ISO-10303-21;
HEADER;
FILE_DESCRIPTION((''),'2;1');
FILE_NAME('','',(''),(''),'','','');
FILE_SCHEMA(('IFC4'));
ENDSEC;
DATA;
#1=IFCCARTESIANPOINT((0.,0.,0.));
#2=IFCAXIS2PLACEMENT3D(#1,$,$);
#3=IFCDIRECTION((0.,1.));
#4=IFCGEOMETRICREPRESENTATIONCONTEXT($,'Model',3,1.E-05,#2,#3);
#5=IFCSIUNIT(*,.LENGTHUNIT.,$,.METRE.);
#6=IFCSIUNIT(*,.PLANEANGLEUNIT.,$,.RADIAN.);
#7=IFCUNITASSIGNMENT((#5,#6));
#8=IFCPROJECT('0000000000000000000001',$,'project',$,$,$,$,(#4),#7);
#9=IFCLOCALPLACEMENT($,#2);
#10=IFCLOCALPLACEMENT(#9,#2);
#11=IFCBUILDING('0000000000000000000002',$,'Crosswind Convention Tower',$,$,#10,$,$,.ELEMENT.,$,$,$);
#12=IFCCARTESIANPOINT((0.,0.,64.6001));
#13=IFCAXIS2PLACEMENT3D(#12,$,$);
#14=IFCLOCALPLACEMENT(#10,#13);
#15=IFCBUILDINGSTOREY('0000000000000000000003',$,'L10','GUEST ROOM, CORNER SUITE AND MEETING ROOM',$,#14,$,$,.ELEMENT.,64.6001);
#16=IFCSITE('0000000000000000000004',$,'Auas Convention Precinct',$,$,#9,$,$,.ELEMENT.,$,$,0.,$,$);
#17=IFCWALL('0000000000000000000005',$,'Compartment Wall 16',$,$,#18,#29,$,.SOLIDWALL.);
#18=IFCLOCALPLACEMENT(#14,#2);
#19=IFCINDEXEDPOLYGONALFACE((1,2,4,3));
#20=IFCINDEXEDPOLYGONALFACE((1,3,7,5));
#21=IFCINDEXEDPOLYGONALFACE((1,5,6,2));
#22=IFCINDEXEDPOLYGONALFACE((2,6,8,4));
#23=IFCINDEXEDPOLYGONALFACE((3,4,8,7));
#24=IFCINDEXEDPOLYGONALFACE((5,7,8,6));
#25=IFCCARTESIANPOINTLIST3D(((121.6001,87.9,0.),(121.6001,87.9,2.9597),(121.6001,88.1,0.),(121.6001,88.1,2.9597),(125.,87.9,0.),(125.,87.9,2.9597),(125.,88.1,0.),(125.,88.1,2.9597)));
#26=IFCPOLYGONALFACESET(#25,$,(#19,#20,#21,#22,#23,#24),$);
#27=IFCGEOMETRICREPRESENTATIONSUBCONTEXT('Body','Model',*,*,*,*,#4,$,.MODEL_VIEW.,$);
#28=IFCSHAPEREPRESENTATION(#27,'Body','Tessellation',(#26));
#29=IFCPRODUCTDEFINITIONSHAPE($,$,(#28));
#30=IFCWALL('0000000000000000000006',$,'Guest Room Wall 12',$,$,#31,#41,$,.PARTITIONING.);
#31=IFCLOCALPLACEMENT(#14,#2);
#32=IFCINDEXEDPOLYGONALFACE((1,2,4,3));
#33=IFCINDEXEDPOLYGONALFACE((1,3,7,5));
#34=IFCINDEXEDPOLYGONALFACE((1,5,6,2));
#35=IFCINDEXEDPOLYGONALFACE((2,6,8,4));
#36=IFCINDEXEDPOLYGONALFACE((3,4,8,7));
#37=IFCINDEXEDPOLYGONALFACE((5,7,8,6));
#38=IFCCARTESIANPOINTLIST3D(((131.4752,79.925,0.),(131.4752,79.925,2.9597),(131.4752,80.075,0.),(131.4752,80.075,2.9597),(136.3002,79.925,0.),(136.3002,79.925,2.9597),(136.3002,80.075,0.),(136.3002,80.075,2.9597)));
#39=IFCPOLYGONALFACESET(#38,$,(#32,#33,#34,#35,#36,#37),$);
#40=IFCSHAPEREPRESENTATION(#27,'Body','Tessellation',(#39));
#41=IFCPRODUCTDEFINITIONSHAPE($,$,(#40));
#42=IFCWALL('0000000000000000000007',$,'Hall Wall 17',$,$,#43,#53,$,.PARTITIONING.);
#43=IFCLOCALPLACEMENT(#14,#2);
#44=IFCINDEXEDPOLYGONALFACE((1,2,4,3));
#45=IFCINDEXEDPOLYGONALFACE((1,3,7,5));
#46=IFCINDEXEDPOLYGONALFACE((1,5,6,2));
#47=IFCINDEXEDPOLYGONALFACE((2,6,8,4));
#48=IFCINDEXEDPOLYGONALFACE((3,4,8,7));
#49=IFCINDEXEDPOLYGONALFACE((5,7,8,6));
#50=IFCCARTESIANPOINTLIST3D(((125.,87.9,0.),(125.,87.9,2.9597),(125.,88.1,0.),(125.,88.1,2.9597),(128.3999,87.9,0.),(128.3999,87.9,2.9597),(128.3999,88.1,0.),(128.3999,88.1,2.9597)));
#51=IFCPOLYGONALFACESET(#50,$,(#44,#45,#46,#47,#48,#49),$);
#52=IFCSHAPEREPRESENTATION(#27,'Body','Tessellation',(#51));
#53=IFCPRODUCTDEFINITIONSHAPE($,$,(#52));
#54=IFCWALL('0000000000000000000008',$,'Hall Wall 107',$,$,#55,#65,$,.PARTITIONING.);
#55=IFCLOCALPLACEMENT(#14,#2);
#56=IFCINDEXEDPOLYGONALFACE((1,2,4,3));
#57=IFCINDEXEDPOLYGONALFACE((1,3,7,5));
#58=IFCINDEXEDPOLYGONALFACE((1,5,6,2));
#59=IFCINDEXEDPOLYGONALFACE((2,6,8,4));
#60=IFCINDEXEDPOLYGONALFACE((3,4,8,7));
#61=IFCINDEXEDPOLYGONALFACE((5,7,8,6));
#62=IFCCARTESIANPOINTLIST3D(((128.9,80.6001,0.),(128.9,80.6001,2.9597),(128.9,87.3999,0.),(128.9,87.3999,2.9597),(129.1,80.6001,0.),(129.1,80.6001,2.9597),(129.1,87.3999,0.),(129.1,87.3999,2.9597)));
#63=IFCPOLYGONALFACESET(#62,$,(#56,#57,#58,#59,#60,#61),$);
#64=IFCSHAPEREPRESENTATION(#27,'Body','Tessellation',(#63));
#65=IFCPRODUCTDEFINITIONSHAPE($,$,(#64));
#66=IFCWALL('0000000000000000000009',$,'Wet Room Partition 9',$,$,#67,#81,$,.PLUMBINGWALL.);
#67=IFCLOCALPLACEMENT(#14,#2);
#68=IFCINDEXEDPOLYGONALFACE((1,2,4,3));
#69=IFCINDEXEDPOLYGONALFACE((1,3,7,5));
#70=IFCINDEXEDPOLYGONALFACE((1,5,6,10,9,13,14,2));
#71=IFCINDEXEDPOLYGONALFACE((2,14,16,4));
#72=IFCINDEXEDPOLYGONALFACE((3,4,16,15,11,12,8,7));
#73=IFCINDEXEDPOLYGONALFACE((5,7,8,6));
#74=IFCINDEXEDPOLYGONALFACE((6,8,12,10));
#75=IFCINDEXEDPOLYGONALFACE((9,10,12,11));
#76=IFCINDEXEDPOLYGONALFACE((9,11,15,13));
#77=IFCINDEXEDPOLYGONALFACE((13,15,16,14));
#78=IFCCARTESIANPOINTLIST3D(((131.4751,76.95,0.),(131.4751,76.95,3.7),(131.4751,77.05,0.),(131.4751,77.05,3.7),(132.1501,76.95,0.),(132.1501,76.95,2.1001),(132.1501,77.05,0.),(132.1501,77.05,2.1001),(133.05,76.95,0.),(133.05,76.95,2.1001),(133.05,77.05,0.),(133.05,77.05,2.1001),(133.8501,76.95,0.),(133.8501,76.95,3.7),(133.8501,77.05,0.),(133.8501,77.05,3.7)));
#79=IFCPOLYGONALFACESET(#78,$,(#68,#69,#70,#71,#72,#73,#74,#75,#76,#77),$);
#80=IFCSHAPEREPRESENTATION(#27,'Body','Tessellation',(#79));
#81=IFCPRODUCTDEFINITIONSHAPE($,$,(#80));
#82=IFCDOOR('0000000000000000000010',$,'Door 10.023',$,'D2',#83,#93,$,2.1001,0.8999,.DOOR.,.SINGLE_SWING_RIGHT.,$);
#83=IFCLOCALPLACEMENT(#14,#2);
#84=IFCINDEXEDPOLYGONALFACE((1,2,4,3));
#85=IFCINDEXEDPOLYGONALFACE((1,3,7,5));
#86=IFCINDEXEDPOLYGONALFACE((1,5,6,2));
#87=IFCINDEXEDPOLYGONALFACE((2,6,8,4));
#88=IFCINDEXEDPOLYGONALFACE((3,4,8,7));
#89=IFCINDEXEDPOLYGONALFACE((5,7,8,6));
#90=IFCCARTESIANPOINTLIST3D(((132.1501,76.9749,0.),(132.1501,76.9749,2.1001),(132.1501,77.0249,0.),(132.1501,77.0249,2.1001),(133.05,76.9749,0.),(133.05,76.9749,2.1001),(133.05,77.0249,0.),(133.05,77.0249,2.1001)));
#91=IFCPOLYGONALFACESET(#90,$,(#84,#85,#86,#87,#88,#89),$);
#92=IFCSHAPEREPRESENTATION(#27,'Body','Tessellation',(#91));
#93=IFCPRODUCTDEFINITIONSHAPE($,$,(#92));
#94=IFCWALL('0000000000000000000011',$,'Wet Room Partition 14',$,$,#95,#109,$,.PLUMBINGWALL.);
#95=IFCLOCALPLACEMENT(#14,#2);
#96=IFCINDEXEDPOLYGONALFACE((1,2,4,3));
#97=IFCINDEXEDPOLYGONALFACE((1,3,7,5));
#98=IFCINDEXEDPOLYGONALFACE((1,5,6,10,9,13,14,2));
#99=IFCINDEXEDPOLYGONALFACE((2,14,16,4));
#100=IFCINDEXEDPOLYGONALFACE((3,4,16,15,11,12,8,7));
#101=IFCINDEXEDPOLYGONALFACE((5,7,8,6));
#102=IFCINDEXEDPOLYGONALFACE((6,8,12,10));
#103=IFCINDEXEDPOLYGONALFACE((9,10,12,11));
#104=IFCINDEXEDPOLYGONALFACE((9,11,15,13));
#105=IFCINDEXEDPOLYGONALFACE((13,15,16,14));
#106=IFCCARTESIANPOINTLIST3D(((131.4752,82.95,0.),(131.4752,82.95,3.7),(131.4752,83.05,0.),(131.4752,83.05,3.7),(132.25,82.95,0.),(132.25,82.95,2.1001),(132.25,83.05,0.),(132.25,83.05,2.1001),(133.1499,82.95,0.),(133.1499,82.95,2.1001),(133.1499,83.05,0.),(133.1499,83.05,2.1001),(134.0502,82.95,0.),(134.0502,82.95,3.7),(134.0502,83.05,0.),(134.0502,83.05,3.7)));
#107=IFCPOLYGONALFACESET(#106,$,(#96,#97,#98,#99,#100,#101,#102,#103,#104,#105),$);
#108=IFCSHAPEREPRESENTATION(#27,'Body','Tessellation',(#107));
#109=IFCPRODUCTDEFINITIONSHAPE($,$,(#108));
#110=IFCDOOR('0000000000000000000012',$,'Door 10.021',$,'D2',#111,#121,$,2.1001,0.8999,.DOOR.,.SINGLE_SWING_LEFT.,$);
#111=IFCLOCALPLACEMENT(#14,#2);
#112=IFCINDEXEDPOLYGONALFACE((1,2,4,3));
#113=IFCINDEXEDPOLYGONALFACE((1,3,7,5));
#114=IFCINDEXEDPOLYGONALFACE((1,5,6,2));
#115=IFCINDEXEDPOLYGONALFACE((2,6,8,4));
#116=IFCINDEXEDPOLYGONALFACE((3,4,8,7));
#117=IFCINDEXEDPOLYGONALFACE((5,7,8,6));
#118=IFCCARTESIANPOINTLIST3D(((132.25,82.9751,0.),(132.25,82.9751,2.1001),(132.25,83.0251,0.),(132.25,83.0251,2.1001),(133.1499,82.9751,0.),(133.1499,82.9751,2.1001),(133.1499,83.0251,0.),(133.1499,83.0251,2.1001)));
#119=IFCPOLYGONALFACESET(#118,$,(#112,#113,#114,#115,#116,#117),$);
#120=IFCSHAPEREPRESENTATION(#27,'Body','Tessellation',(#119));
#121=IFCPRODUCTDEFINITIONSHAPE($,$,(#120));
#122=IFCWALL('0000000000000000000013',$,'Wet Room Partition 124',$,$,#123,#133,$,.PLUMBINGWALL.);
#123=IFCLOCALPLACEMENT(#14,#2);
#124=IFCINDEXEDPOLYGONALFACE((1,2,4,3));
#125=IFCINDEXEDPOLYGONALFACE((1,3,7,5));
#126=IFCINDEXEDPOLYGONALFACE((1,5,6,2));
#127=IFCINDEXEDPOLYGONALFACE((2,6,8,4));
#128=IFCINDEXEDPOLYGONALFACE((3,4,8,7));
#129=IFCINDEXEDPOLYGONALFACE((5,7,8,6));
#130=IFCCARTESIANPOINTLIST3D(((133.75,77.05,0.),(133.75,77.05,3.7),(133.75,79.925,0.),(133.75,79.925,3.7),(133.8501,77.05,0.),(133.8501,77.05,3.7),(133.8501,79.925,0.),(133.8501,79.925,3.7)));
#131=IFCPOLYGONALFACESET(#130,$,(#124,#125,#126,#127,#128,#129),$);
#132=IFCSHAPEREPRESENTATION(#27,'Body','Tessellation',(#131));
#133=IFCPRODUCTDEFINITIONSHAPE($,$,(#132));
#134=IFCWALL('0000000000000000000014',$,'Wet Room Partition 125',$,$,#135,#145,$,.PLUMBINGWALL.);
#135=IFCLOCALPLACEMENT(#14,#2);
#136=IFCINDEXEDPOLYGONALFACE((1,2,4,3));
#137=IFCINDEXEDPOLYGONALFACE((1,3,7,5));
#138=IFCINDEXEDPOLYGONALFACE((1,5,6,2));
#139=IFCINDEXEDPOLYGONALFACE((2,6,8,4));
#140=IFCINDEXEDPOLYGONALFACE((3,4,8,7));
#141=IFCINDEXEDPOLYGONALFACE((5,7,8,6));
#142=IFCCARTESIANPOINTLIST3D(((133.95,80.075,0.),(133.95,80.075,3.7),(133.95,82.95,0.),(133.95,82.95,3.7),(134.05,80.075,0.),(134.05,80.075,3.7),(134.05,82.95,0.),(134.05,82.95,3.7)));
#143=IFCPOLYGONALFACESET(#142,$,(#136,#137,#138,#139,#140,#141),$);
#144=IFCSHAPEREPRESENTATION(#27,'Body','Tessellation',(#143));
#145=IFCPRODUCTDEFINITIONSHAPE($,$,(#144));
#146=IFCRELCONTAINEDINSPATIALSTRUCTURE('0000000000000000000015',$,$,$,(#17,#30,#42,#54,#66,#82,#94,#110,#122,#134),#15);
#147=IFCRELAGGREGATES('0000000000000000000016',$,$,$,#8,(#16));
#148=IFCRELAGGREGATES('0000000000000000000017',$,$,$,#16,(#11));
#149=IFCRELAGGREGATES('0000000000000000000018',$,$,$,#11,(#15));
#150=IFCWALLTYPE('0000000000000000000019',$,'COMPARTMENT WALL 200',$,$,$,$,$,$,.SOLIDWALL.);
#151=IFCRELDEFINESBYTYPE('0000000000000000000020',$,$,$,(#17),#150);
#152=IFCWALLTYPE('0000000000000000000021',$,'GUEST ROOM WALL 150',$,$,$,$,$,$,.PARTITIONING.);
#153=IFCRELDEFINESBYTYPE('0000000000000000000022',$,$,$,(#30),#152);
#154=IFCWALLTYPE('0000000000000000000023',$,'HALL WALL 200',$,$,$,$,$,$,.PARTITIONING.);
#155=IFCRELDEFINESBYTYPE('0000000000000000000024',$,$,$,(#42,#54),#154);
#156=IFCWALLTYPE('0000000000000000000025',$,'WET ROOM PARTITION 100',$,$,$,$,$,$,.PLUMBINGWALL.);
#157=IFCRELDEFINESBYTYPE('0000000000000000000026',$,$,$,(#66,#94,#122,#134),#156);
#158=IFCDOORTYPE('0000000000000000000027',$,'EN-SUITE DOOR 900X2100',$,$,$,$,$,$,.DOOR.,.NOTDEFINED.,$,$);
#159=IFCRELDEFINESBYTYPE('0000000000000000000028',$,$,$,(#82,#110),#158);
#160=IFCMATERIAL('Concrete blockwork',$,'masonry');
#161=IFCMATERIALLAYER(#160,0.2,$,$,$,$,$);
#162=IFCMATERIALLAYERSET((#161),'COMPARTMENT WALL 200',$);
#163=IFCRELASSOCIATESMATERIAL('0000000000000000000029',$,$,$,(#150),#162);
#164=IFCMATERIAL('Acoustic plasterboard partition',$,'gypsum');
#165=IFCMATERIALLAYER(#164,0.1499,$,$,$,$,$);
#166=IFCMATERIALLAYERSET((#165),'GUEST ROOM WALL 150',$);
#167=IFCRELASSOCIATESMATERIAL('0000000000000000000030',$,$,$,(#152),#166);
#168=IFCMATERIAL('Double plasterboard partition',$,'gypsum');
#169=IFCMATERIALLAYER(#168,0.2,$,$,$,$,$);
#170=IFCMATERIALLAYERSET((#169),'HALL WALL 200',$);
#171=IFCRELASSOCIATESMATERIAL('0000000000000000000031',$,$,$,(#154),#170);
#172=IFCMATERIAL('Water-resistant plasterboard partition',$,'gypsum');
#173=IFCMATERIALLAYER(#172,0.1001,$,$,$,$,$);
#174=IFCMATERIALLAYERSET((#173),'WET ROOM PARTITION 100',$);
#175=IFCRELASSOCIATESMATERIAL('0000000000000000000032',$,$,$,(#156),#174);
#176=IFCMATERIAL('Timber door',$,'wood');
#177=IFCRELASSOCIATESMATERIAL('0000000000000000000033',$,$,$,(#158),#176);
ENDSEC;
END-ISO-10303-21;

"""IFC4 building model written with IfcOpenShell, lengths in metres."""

from ifc_helpers import new_model, si_unit, direction, frame, frame_2d, origin, place, context, subcontext, project, spatial, rectangle, extrude, material, layer, layer_set, type_object, element, fill, save


model = new_model("IFC4")

# Units and contexts
model_context = context("Model", 3, precision=1e-05, world=origin(), true_north=direction((0.0, 1.0)))
body_context = subcontext(model_context, "Body", "Model", "MODEL_VIEW")
ifc_project = project(units=[si_unit("LENGTHUNIT", "METRE"), si_unit("PLANEANGLEUNIT", "RADIAN")], contexts=[model_context])

# Site, building, storey
site_placement = place(None, origin())
site = spatial("IfcSite", under=ifc_project, at=site_placement, Name="Auas Convention Precinct", CompositionType="ELEMENT", RefElevation=0.0)
building_placement = place(site_placement, origin())
building = spatial("IfcBuilding", under=site, at=building_placement, Name="Crosswind Convention Tower", CompositionType="ELEMENT")
storey_placement = place(building_placement, frame((0.0, 0.0, 64.6001)))
storey = spatial("IfcBuildingStorey", under=building, at=storey_placement, Name="L10", Description="GUEST ROOM, CORNER SUITE AND MEETING ROOM", CompositionType="ELEMENT", Elevation=64.6001)

# Walls
ifc_material_1 = material(Name="Concrete blockwork", Category="masonry")
ifc_layer_1 = layer(ifc_material_1, 0.2)
ifc_layer_set_1 = layer_set([ifc_layer_1], Name="COMPARTMENT WALL 200")
wall_type_1 = type_object("IfcWallType", Name="COMPARTMENT WALL 200", PredefinedType="SOLIDWALL", material=ifc_layer_set_1)
wall_1_placement = place(storey_placement, frame((121.6001, 88.0, 0.0), z_axis=(0.0, 0.0, 1.0), x_axis=(1.0, 0.0, 0.0)))
element("IfcWall", 1, at=wall_1_placement, inside=storey, type_object=wall_type_1, Name="Compartment Wall 16", PredefinedType="SOLIDWALL", context=body_context, shape_type="SweptSolid", body=[
    extrude(rectangle(XDim=3.3999, YDim=0.2, at=frame_2d((1.7, 0.0))), origin(), (0.0, 0.0, 1.0), 2.9597),
])
ifc_material_2 = material(Name="Acoustic plasterboard partition", Category="gypsum")
ifc_layer_2 = layer(ifc_material_2, 0.1499)
ifc_layer_set_2 = layer_set([ifc_layer_2], Name="GUEST ROOM WALL 150")
wall_type_2 = type_object("IfcWallType", Name="GUEST ROOM WALL 150", PredefinedType="PARTITIONING", material=ifc_layer_set_2)
wall_2_placement = place(storey_placement, frame((131.4751, 80.0, 0.0), z_axis=(0.0, 0.0, 1.0), x_axis=(1.0, 0.0, 0.0)))
element("IfcWall", 2, at=wall_2_placement, inside=storey, type_object=wall_type_2, Name="Guest Room Wall 12", PredefinedType="PARTITIONING", context=body_context, shape_type="SweptSolid", body=[
    extrude(rectangle(XDim=4.825, YDim=0.1499, at=frame_2d((2.4126, 0.0))), origin(), (0.0, 0.0, 1.0), 2.9597),
])
ifc_material_3 = material(Name="Double plasterboard partition", Category="gypsum")
ifc_layer_3 = layer(ifc_material_3, 0.2)
ifc_layer_set_3 = layer_set([ifc_layer_3], Name="HALL WALL 200")
wall_type_3 = type_object("IfcWallType", Name="HALL WALL 200", PredefinedType="PARTITIONING", material=ifc_layer_set_3)
wall_3_placement = place(storey_placement, frame((125.0, 88.0, 0.0), z_axis=(0.0, 0.0, 1.0), x_axis=(1.0, 0.0, 0.0)))
element("IfcWall", 3, at=wall_3_placement, inside=storey, type_object=wall_type_3, Name="Hall Wall 17", PredefinedType="PARTITIONING", context=body_context, shape_type="SweptSolid", body=[
    extrude(rectangle(XDim=3.3999, YDim=0.2, at=frame_2d((1.7, 0.0))), origin(), (0.0, 0.0, 1.0), 2.9597),
])
wall_4_placement = place(storey_placement, frame((129.0, 80.6001, 0.0), z_axis=(0.0, 0.0, 1.0), x_axis=(0.0, 1.0, 0.0)))
element("IfcWall", 4, at=wall_4_placement, inside=storey, type_object=wall_type_3, Name="Hall Wall 107", PredefinedType="PARTITIONING", context=body_context, shape_type="SweptSolid", body=[
    extrude(rectangle(XDim=6.7998, YDim=0.2, at=frame_2d((3.3999, 0.0))), origin(), (0.0, 0.0, 1.0), 2.9597),
])

# Walls, openings, doors
ifc_material_4 = material(Name="Water-resistant plasterboard partition", Category="gypsum")
ifc_layer_4 = layer(ifc_material_4, 0.1001)
ifc_layer_set_4 = layer_set([ifc_layer_4], Name="WET ROOM PARTITION 100")
wall_type_4 = type_object("IfcWallType", Name="WET ROOM PARTITION 100", PredefinedType="PLUMBINGWALL", material=ifc_layer_set_4)
wall_5_placement = place(storey_placement, frame((131.4751, 77.0, 0.0), z_axis=(0.0, 0.0, 1.0), x_axis=(1.0, 0.0, 0.0)))
wall_5 = element("IfcWall", 5, at=wall_5_placement, inside=storey, type_object=wall_type_4, Name="Wet Room Partition 9", PredefinedType="PLUMBINGWALL", context=body_context, shape_type="SweptSolid", body=[
    extrude(rectangle(XDim=2.375, YDim=0.1001, at=frame_2d((1.1875, 0.0))), origin(), (0.0, 0.0, 1.0), 3.7),
])
opening_1_placement = place(wall_5_placement, frame((0.675, 0.0, 0.0)))
opening_1 = element("IfcOpeningElement", 6, at=opening_1_placement, cuts=wall_5, PredefinedType="OPENING", context=body_context, shape_type="SweptSolid", body=[
    extrude(rectangle(XDim=0.8999, YDim=2.1001, at=frame_2d((0.45, 1.05))), frame((0.0, 0.0601, 0.0), z_axis=(0.0, -1.0, 0.0), x_axis=(1.0, 0.0, 0.0)), (0.0, 0.0, 1.0), 0.1201),
])
ifc_material_5 = material(Name="Timber door", Category="wood")
door_type = type_object("IfcDoorType", Name="EN-SUITE DOOR 900X2100", OperationType="NOTDEFINED", PredefinedType="DOOR", material=ifc_material_5)
door_1_placement = place(opening_1_placement, origin())
door_1 = element("IfcDoor", 7, at=door_1_placement, inside=storey, type_object=door_type, Name="Door 10.023", ObjectType="D2", OperationType="SINGLE_SWING_RIGHT", OverallHeight=2.1001, OverallWidth=0.8999, PredefinedType="DOOR", context=body_context, shape_type="SweptSolid", body=[
    extrude(rectangle(XDim=0.8999, YDim=2.1001, at=frame_2d((0.45, 1.05))), frame((0.0, 0.0249, 0.0), z_axis=(0.0, -1.0, 0.0), x_axis=(1.0, 0.0, 0.0)), (0.0, 0.0, 1.0), 0.05),
])
fill(opening_1, door_1)
wall_6_placement = place(storey_placement, frame((131.4751, 83.0, 0.0), z_axis=(0.0, 0.0, 1.0), x_axis=(1.0, 0.0, 0.0)))
wall_6 = element("IfcWall", 8, at=wall_6_placement, inside=storey, type_object=wall_type_4, Name="Wet Room Partition 14", PredefinedType="PLUMBINGWALL", context=body_context, shape_type="SweptSolid", body=[
    extrude(rectangle(XDim=2.575, YDim=0.1001, at=frame_2d((1.2876, 0.0))), origin(), (0.0, 0.0, 1.0), 3.7),
])
opening_2_placement = place(wall_6_placement, frame((0.7749, 0.0, 0.0)))
opening_2 = element("IfcOpeningElement", 9, at=opening_2_placement, cuts=wall_6, PredefinedType="OPENING", context=body_context, shape_type="SweptSolid", body=[
    extrude(rectangle(XDim=0.8999, YDim=2.1001, at=frame_2d((0.45, 1.05))), frame((0.0, 0.0601, 0.0), z_axis=(0.0, -1.0, 0.0), x_axis=(1.0, 0.0, 0.0)), (0.0, 0.0, 1.0), 0.1201),
])
door_2_placement = place(opening_2_placement, frame((0.8999, 0.0, 0.0), z_axis=(0.0, 0.0, 1.0), x_axis=(-1.0, 0.0, 0.0)))
door_2 = element("IfcDoor", 10, at=door_2_placement, inside=storey, type_object=door_type, Name="Door 10.021", ObjectType="D2", OperationType="SINGLE_SWING_LEFT", OverallHeight=2.1001, OverallWidth=0.8999, PredefinedType="DOOR", context=body_context, shape_type="SweptSolid", body=[
    extrude(rectangle(XDim=0.8999, YDim=2.1001, at=frame_2d((0.45, 1.05))), frame((0.0, 0.0249, 0.0), z_axis=(0.0, -1.0, 0.0), x_axis=(1.0, 0.0, 0.0)), (0.0, 0.0, 1.0), 0.05),
])
fill(opening_2, door_2)

# Walls
for number, where, z_axis, x_axis, name in (
    (11, (133.8, 77.05, 0.0), (0.0, 0.0, 1.0), (0.0, 1.0, 0.0), "Wet Room Partition 124"),
    (12, (134.0, 80.075, 0.0), (0.0, 0.0, 1.0), (0.0, 1.0, 0.0), "Wet Room Partition 125"),
):
    element("IfcWall", number, at=place(storey_placement, frame(where, z_axis=z_axis, x_axis=x_axis)), inside=storey, type_object=wall_type_4, Name=name, PredefinedType="PLUMBINGWALL", context=body_context, shape_type="SweptSolid", body=[
        extrude(rectangle(XDim=2.875, YDim=0.1001, at=frame_2d((1.4375, 0.0))), origin(), (0.0, 0.0, 1.0), 3.7),
    ])

save(model, "model.ifc")
